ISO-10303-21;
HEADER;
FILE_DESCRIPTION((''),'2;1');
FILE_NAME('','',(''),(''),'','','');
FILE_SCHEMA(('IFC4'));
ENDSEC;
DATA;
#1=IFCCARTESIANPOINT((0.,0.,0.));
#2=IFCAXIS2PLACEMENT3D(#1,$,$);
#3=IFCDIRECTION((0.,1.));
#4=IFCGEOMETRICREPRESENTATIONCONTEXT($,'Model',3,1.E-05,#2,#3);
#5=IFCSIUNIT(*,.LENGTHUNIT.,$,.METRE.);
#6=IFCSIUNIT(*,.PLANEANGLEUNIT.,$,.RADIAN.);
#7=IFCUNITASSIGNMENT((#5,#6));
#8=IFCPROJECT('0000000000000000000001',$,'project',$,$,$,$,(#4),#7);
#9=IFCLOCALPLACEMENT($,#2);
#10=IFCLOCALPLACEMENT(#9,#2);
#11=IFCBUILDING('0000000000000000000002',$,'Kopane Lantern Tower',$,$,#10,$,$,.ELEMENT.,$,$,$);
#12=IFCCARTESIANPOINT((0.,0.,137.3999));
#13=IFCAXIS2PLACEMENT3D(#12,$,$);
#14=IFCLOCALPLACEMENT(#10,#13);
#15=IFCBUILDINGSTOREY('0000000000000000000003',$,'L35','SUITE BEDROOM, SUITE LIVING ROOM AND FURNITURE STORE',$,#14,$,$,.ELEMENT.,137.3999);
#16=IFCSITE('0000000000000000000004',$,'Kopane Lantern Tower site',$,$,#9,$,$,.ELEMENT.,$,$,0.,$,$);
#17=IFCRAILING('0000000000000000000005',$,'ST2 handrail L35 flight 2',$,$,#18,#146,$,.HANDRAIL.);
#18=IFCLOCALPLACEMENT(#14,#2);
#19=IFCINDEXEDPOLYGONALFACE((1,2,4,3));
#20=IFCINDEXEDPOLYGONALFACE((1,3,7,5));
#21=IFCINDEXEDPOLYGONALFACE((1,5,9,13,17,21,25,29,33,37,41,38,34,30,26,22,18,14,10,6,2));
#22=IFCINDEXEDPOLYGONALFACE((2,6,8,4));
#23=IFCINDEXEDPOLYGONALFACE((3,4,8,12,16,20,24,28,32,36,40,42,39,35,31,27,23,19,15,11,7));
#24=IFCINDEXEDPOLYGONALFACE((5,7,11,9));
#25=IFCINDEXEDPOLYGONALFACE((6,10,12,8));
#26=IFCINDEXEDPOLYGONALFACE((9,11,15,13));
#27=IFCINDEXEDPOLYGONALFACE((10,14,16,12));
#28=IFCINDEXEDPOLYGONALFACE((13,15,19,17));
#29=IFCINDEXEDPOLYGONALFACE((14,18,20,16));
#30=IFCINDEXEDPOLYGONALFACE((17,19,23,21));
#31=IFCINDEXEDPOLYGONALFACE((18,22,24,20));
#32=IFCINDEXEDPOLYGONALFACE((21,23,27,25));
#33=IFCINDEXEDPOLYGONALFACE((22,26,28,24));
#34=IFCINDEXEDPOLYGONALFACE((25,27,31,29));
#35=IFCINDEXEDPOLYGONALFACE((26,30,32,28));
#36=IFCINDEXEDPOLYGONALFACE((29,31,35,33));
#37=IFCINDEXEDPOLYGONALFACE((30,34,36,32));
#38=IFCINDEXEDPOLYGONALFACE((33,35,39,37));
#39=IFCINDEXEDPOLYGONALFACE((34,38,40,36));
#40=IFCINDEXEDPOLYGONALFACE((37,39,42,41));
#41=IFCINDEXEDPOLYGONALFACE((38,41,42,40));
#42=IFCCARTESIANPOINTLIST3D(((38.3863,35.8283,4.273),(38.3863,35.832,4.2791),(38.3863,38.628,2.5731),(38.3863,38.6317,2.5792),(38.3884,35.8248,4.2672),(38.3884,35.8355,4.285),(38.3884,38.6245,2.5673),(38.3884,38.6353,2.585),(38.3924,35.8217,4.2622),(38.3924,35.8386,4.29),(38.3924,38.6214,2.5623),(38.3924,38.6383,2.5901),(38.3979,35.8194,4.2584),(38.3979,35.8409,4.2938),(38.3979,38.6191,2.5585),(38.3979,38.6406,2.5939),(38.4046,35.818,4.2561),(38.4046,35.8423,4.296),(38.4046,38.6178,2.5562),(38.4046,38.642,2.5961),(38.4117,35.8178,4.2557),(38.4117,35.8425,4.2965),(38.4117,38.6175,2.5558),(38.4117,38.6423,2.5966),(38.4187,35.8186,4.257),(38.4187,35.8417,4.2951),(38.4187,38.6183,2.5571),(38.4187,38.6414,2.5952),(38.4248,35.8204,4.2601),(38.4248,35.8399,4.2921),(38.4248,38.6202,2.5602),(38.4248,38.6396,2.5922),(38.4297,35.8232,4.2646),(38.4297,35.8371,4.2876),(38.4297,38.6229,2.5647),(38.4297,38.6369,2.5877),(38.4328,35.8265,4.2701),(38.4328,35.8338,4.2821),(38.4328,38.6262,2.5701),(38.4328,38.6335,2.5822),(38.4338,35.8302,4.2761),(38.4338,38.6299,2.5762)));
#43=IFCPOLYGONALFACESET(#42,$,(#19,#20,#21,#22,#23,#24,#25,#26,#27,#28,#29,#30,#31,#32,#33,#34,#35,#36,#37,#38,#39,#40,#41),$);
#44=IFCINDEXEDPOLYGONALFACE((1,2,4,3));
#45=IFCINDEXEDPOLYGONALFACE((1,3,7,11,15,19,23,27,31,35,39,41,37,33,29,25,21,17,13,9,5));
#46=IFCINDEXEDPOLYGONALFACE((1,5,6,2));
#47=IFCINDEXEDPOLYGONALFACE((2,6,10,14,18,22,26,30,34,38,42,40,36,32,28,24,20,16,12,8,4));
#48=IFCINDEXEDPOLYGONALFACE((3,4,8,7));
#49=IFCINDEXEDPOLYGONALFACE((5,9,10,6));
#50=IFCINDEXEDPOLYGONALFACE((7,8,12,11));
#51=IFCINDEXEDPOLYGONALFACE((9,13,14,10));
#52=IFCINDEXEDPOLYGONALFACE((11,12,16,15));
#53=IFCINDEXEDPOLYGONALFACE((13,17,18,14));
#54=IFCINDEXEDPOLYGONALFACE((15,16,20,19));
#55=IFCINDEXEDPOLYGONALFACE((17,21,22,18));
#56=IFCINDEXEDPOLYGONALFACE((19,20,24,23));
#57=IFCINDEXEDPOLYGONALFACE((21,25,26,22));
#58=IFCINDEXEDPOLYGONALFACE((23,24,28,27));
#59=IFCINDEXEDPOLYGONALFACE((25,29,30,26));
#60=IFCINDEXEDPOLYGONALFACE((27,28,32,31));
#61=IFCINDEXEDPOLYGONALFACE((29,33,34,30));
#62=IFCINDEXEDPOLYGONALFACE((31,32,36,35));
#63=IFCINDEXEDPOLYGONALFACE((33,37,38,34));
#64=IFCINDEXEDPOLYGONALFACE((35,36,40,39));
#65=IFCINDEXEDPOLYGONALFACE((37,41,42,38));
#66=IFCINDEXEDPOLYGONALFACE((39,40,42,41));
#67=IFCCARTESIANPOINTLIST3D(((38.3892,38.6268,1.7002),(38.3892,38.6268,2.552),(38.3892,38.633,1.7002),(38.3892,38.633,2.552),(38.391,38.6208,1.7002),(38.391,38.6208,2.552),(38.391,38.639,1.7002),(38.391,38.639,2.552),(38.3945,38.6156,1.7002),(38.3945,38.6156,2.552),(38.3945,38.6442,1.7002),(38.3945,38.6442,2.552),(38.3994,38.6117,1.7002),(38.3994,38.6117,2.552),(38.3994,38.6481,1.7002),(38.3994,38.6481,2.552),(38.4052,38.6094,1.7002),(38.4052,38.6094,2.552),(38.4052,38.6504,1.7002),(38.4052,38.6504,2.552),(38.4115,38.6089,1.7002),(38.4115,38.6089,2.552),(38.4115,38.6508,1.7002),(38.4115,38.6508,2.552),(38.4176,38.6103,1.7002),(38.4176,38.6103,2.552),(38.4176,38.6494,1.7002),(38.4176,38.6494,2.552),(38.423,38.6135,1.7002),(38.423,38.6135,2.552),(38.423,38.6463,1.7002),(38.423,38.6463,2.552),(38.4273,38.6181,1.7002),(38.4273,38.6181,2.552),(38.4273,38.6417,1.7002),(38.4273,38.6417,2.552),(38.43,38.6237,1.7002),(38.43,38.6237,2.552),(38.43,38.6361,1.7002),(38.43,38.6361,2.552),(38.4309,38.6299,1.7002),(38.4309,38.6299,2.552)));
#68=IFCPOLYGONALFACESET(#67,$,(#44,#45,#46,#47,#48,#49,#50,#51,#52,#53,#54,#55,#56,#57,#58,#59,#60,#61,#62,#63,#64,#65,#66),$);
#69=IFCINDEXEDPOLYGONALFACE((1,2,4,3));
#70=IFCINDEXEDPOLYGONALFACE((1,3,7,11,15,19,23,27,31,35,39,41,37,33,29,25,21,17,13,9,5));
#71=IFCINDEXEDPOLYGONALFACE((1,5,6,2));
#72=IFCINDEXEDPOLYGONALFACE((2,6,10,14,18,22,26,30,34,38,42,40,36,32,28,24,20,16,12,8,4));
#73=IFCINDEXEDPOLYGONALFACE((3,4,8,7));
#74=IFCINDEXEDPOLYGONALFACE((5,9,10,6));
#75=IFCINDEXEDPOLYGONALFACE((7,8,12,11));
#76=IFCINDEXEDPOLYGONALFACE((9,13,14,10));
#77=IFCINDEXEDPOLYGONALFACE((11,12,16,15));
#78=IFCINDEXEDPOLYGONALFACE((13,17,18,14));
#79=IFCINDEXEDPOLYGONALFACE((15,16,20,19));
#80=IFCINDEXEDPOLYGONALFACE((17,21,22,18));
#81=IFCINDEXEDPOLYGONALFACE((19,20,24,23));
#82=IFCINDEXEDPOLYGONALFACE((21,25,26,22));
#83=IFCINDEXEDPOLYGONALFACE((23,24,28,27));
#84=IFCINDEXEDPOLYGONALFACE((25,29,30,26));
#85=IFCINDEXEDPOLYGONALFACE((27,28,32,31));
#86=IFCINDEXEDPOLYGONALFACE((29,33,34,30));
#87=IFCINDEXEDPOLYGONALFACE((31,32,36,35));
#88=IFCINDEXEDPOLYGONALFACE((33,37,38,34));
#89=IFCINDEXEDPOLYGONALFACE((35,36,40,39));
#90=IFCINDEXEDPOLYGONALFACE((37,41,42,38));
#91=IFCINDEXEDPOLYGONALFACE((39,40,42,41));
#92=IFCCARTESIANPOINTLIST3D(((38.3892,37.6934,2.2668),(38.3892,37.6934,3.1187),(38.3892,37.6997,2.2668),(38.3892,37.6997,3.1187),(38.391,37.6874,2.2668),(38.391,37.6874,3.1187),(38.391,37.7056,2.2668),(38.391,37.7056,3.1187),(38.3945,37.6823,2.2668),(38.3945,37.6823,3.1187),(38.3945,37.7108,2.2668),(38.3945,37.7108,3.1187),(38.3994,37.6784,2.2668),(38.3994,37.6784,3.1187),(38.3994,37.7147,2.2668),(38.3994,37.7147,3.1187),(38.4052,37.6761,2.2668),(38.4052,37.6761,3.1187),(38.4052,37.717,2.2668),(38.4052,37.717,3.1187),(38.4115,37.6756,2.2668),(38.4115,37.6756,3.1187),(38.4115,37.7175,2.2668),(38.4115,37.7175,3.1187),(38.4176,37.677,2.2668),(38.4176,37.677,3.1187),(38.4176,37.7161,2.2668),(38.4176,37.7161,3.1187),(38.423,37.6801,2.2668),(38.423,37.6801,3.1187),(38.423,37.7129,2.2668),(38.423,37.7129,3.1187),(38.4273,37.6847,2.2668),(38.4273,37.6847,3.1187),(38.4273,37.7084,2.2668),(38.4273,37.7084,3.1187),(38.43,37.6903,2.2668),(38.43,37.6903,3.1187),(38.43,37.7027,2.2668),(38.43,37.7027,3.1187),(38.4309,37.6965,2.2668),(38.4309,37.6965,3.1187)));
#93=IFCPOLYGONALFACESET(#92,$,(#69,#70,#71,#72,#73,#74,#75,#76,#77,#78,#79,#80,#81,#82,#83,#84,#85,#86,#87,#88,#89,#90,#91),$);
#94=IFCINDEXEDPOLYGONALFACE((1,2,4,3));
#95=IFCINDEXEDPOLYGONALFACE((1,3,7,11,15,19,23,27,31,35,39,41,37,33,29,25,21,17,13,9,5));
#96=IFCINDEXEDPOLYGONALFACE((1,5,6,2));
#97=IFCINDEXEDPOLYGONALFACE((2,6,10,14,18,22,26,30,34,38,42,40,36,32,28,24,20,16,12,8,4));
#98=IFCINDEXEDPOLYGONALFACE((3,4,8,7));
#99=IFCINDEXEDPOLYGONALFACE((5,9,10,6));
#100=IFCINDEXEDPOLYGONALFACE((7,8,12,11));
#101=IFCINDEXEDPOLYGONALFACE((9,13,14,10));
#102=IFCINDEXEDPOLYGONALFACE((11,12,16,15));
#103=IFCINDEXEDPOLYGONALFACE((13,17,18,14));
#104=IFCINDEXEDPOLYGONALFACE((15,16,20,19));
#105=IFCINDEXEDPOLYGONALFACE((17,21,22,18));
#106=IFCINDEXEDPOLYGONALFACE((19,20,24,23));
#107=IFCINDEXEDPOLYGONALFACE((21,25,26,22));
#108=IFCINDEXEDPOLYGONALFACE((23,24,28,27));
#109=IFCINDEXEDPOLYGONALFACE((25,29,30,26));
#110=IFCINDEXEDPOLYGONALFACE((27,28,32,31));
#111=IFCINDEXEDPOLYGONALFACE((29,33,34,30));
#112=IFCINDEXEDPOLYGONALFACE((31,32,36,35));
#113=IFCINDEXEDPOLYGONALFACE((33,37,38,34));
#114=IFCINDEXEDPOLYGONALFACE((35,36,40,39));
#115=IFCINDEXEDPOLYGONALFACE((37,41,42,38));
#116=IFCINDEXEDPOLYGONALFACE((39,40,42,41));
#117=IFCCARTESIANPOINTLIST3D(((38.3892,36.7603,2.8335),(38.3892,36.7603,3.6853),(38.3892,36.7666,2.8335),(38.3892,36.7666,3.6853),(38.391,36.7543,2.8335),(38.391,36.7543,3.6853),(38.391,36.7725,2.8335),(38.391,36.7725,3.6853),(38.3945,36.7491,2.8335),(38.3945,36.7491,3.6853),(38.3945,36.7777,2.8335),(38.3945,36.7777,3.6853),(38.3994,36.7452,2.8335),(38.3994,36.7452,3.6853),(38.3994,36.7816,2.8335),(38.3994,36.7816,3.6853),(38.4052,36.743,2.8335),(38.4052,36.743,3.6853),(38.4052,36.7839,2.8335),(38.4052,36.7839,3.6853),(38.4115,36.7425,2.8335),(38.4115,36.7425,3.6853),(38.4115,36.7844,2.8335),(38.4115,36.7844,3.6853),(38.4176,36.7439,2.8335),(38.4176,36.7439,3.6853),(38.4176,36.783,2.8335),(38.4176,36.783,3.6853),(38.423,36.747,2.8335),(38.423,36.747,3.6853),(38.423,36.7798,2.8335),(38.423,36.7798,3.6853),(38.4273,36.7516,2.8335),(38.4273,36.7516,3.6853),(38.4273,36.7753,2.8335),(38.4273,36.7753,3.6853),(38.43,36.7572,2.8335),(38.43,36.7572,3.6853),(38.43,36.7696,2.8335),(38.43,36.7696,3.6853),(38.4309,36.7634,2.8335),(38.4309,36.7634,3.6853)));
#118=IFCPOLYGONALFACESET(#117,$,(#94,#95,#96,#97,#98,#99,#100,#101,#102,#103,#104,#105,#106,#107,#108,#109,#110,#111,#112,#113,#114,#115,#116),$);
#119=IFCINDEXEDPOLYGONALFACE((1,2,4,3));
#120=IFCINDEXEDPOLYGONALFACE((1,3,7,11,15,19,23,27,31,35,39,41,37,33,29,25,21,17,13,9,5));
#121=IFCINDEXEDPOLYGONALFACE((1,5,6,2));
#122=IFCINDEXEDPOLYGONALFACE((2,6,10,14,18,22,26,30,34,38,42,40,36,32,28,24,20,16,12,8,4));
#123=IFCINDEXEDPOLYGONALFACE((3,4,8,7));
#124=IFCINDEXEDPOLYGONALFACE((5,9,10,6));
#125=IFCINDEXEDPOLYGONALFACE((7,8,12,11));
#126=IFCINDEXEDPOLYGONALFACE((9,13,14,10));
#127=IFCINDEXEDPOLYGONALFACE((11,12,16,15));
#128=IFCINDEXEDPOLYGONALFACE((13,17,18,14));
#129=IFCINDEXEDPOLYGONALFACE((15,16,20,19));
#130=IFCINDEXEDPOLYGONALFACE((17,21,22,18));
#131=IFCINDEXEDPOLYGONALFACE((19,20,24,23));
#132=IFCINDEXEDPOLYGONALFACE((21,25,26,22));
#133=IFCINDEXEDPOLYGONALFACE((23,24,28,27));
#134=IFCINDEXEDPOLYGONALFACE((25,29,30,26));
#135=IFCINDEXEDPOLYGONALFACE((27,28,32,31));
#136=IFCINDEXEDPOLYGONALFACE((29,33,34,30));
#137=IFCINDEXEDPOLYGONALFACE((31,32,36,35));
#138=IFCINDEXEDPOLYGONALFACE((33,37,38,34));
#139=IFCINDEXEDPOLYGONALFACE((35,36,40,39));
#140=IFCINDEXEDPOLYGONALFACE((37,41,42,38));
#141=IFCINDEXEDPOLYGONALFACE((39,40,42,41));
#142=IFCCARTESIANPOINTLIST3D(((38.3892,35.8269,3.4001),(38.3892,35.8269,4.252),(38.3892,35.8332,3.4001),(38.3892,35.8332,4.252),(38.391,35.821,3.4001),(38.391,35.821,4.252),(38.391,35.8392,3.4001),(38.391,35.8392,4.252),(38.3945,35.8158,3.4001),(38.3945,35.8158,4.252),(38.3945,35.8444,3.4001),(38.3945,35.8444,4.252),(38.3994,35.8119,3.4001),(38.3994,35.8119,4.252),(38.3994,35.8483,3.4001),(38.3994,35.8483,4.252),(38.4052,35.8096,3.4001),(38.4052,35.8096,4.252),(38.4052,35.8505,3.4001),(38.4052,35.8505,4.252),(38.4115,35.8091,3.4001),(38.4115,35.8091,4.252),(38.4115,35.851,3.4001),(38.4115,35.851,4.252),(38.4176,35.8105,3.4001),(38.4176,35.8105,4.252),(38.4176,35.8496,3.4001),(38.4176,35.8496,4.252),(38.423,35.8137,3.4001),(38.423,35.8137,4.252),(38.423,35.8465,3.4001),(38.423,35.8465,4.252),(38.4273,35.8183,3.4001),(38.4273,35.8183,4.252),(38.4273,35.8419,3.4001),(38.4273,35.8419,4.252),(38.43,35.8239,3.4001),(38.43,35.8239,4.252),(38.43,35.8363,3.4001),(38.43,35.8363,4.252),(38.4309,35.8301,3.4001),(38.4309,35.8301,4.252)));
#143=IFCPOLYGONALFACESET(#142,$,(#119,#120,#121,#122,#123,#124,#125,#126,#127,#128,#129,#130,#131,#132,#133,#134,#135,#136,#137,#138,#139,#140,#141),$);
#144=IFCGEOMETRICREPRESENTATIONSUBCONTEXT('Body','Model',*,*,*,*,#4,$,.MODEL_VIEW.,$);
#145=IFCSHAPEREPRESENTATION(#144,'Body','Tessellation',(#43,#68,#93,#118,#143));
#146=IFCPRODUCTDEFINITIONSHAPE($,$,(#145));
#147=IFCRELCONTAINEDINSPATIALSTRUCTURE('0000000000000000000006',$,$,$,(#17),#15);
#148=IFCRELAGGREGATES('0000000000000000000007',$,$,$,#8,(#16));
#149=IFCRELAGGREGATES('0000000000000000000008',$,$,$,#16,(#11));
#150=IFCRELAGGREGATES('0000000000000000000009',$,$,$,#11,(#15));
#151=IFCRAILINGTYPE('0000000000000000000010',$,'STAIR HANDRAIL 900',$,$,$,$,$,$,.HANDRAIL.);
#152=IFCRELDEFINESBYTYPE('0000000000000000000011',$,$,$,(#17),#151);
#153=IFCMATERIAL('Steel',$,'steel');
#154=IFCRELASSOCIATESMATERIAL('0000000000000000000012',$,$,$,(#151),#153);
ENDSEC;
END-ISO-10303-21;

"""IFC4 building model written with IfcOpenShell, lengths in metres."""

from ifc_helpers import new_model, si_unit, direction, frame, origin, origin_2d, place, context, subcontext, project, spatial, circle, extrude, material, type_object, element, save


model = new_model("IFC4")

# Units and contexts
model_context = context("Model", 3, precision=1e-05, world=origin(), true_north=direction((0.0, 1.0)))
body_context = subcontext(model_context, "Body", "Model", "MODEL_VIEW")
ifc_project = project(units=[si_unit("LENGTHUNIT", "METRE"), si_unit("PLANEANGLEUNIT", "RADIAN")], contexts=[model_context])

# Site, building, storey
site_placement = place(None, origin())
site = spatial("IfcSite", under=ifc_project, at=site_placement, Name="Kopane Lantern Tower site", CompositionType="ELEMENT", RefElevation=0.0)
building_placement = place(site_placement, origin())
building = spatial("IfcBuilding", under=site, at=building_placement, Name="Kopane Lantern Tower", CompositionType="ELEMENT")
storey_placement = place(building_placement, frame((0.0, 0.0, 137.3999)))
storey = spatial("IfcBuildingStorey", under=building, at=storey_placement, Name="L35", Description="SUITE BEDROOM, SUITE LIVING ROOM AND FURNITURE STORE", CompositionType="ELEMENT", Elevation=137.3999)

# Railing
ifc_material_1 = material(Name="Steel", Category="steel")
railing_type_1 = type_object("IfcRailingType", Name="STAIR HANDRAIL 900", PredefinedType="HANDRAIL", material=ifc_material_1)
for number, where, name in (
    (1, (38.4099, 38.6299, 1.7002), "ST2 handrail L35 flight 2"),
):
    element("IfcRailing", number, at=place(storey_placement, frame(where)), inside=storey, type_object=railing_type_1, Name=name, PredefinedType="HANDRAIL", context=body_context, shape_type="SweptSolid", body=[
        extrude(circle(Radius=0.0239, at=origin_2d()), frame((0.0, 0.0, 0.876), z_axis=(0.0, -0.854778, 0.518994), x_axis=(1.0, 0.0, 0.0)), (0.0, 0.0, 1.0), 3.2754),
        extrude(circle(Radius=0.021, at=origin_2d()), origin(), (0.0, 0.0, 1.0), 0.8518),
        extrude(circle(Radius=0.021, at=origin_2d()), frame((0.0, -0.9333, 0.5667)), (0.0, 0.0, 1.0), 0.8518),
        extrude(circle(Radius=0.021, at=origin_2d()), frame((0.0, -1.8665, 1.1333)), (0.0, 0.0, 1.0), 0.8518),
        extrude(circle(Radius=0.021, at=origin_2d()), frame((0.0, -2.7998, 1.7)), (0.0, 0.0, 1.0), 0.8518),
    ])

save(model, "model.ifc")
